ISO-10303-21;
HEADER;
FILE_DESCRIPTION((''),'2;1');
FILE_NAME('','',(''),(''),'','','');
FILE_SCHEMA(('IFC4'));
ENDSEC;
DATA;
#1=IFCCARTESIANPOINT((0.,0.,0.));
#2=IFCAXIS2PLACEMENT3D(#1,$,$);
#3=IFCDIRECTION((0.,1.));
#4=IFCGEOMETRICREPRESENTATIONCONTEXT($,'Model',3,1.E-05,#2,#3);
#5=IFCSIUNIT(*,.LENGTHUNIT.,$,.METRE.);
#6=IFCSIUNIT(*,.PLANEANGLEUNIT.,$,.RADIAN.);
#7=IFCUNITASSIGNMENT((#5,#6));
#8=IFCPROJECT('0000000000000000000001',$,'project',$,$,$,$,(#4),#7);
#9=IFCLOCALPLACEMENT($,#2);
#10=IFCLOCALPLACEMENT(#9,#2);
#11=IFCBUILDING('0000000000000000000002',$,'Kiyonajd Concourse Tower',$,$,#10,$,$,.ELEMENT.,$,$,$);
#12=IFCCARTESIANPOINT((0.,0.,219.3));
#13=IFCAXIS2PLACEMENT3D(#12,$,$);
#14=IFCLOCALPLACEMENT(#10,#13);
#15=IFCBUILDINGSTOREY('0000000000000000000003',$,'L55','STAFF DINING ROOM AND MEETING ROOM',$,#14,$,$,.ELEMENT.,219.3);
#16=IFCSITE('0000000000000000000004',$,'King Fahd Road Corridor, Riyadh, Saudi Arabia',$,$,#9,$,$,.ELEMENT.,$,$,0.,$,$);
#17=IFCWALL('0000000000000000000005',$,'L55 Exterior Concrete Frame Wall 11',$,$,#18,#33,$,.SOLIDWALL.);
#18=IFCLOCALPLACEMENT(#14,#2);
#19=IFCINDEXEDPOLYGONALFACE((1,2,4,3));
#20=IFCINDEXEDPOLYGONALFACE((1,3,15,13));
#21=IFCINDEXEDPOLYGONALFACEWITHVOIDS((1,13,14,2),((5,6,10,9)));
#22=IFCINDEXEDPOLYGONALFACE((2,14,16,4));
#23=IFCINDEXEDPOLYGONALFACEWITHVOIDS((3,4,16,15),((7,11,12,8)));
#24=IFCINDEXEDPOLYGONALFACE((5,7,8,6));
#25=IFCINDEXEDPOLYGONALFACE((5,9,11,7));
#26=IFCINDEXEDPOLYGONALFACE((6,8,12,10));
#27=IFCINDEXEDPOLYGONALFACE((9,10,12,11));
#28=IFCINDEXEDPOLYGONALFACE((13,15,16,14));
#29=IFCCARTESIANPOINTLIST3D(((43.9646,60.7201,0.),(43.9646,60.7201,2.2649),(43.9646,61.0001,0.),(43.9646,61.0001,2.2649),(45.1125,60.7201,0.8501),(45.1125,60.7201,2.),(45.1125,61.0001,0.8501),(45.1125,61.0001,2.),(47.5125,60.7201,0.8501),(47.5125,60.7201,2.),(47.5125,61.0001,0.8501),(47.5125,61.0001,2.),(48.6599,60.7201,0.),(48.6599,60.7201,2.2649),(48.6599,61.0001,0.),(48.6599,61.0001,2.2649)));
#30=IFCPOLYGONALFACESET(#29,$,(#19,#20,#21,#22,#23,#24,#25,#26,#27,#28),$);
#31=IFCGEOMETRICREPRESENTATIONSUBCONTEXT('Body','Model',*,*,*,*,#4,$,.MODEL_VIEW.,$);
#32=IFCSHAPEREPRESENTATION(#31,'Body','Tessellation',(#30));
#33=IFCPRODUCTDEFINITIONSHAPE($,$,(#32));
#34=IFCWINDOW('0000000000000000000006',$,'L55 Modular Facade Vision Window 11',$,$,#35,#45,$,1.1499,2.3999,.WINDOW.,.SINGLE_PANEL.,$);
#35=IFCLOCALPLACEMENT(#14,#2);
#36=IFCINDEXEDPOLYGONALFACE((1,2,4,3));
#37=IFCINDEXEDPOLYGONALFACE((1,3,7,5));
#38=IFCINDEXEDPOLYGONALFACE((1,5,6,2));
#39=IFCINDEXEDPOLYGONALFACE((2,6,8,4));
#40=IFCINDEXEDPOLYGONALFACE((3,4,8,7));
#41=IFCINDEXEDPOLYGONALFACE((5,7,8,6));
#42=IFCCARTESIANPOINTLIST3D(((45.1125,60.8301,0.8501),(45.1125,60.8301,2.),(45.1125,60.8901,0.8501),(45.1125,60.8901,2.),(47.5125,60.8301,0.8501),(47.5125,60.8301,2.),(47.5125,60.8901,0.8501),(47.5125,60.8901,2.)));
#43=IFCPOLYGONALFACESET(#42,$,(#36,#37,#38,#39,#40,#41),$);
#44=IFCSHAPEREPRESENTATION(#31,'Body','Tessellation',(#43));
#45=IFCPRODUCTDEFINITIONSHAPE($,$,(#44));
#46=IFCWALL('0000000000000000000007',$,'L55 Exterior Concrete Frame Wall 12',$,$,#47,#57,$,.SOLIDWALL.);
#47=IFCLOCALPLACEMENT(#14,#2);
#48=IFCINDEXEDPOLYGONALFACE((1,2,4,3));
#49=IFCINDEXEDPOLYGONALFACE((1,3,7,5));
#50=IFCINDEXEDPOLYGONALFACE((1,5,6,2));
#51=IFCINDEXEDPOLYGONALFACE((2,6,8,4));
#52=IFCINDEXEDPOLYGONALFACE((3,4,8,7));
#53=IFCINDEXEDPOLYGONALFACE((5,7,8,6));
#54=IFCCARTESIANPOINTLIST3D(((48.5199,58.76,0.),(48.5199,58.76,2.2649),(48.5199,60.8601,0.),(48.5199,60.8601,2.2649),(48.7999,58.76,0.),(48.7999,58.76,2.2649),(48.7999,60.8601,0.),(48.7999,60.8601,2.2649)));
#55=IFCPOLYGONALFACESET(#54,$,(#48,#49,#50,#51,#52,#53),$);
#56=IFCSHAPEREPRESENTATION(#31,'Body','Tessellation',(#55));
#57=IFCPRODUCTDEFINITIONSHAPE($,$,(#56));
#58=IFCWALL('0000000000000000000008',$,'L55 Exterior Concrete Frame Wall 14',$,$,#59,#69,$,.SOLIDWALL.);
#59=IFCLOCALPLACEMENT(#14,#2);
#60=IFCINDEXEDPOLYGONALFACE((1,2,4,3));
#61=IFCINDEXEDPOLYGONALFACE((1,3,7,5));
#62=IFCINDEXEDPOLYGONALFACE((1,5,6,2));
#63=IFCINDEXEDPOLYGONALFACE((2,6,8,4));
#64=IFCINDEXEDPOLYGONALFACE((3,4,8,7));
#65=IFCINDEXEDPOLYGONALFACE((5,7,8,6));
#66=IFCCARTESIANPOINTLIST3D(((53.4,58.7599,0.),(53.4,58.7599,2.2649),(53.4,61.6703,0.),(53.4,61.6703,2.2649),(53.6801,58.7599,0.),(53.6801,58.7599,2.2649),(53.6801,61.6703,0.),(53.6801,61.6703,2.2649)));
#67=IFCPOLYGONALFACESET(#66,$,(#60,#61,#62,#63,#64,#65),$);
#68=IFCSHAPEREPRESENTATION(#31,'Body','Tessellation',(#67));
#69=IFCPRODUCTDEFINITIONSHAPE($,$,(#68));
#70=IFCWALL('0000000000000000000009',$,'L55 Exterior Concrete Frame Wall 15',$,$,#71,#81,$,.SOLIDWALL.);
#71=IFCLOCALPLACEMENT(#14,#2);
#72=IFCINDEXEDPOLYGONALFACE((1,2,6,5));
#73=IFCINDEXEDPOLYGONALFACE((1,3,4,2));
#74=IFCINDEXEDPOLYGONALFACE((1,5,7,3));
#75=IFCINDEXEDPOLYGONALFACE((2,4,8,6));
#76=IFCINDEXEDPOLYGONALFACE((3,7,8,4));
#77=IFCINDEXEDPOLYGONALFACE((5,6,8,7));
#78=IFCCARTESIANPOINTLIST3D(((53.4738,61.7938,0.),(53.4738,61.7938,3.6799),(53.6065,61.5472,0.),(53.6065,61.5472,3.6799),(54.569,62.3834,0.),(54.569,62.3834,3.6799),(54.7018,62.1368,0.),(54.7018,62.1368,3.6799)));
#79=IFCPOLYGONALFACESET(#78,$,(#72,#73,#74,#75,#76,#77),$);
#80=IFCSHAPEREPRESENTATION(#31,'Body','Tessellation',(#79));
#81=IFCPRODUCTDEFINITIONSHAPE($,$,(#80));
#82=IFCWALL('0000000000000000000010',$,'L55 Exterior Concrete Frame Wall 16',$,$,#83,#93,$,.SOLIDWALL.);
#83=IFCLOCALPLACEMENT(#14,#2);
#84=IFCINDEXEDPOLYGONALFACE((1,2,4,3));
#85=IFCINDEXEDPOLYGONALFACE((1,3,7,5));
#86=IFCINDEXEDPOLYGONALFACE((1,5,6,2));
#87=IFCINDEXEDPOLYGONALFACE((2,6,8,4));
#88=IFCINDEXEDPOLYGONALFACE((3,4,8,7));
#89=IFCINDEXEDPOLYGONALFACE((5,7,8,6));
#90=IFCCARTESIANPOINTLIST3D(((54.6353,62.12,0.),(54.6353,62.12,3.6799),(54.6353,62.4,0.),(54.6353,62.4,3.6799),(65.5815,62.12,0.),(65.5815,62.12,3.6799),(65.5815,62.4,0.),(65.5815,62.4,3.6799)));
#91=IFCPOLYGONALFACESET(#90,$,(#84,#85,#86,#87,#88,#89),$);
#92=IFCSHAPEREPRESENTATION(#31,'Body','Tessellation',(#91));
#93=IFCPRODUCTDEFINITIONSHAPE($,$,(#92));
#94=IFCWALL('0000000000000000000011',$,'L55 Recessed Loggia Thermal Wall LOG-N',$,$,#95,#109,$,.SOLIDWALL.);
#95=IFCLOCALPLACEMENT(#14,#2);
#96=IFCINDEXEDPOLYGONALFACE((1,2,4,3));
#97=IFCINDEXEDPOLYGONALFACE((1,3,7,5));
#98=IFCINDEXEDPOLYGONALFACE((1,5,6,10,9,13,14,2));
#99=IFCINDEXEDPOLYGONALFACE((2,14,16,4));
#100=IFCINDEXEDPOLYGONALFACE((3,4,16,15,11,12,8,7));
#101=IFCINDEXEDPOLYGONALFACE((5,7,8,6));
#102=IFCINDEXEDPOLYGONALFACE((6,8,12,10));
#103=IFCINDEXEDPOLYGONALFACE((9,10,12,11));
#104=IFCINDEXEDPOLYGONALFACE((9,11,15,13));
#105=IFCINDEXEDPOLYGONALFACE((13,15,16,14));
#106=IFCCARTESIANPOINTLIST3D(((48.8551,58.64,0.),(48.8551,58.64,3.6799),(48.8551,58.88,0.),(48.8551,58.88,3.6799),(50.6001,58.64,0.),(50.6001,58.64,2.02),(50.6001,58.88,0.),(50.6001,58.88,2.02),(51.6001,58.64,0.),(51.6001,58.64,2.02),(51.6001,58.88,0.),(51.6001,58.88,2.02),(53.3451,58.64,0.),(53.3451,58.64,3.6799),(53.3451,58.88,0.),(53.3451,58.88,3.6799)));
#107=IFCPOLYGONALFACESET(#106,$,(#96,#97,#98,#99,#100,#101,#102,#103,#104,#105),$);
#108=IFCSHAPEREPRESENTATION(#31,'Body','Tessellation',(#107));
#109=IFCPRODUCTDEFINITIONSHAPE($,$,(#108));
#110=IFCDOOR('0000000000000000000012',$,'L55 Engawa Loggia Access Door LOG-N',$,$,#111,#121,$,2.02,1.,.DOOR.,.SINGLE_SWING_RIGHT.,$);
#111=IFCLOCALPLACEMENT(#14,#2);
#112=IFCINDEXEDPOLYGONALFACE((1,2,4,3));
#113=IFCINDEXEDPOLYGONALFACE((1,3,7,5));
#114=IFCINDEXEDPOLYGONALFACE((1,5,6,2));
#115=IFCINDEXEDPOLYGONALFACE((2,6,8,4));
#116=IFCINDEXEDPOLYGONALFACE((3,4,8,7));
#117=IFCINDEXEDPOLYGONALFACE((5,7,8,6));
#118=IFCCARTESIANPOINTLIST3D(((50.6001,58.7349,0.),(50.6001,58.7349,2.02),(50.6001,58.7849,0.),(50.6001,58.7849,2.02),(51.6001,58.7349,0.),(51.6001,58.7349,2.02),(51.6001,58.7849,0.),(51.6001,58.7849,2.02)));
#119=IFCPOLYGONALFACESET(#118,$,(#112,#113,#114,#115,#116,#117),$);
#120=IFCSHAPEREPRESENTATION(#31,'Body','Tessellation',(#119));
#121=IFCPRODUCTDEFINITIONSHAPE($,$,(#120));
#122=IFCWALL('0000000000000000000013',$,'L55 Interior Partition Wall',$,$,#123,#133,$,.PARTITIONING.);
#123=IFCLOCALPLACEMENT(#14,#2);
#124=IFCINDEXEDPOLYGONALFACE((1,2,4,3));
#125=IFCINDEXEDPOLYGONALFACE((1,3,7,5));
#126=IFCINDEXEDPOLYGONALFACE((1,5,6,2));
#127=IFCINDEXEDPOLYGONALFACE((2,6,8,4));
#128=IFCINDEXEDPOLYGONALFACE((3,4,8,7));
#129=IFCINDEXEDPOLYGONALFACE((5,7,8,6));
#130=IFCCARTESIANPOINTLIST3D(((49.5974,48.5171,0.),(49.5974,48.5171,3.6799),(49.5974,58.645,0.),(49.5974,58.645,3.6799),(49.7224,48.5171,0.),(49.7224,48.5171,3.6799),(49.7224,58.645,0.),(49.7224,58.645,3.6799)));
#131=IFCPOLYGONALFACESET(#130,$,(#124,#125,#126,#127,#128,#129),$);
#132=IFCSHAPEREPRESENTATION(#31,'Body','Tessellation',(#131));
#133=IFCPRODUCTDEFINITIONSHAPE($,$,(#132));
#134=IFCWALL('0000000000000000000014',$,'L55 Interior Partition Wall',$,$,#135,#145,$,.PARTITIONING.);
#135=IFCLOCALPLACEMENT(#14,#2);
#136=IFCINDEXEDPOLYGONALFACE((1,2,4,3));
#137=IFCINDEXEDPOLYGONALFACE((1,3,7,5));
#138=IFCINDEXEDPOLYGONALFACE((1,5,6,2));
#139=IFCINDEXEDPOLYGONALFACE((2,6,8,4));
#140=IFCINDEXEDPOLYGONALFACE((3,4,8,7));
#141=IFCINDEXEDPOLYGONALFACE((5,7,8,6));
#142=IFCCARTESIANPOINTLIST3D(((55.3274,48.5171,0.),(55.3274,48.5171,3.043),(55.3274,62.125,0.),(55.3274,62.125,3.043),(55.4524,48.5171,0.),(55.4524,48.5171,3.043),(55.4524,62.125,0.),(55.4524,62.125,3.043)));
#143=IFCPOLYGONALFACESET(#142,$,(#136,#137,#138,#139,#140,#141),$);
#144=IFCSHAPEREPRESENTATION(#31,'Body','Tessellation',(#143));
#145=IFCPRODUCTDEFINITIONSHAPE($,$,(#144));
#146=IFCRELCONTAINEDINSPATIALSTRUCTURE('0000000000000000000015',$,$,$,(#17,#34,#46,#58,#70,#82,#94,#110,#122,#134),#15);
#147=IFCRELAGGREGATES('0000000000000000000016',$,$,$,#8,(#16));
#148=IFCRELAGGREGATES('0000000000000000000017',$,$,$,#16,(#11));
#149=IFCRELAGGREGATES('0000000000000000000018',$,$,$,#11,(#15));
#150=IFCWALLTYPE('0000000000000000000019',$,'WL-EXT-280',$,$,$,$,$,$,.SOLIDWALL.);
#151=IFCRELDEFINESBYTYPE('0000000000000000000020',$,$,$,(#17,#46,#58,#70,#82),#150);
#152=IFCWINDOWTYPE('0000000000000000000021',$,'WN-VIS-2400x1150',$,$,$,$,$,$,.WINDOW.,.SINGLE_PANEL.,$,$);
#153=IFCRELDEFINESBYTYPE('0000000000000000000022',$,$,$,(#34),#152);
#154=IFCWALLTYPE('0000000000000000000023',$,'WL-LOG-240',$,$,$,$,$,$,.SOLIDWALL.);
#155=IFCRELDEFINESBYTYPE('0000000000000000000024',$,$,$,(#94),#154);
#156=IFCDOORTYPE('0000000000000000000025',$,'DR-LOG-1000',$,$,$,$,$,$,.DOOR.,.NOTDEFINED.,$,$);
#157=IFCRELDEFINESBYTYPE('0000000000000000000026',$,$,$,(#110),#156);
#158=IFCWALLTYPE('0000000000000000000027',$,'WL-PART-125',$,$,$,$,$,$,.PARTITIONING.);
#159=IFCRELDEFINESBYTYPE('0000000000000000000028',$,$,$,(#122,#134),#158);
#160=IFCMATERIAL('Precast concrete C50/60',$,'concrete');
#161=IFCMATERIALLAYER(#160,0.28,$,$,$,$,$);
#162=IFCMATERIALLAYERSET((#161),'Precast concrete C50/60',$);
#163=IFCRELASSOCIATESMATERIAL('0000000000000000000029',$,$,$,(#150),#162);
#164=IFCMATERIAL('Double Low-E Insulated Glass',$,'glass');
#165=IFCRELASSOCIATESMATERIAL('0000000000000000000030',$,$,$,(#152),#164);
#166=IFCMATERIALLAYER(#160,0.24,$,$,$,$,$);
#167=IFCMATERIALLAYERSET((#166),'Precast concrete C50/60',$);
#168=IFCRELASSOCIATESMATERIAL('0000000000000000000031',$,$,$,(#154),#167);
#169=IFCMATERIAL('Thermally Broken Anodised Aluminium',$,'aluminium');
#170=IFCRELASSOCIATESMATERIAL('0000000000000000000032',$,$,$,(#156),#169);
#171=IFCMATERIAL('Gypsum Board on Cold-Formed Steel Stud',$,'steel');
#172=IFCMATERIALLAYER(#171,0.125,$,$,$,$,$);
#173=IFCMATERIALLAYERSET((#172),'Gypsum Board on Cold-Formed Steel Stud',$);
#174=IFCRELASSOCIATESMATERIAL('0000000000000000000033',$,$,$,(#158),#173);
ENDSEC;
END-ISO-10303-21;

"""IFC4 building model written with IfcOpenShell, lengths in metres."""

from ifc_helpers import new_model, si_unit, direction, frame, frame_2d, origin, place, context, subcontext, project, spatial, rectangle, extrude, material, layer, layer_set, type_object, element, fill, save


model = new_model("IFC4")

# Units and contexts
model_context = context("Model", 3, precision=1e-05, world=origin(), true_north=direction((0.0, 1.0)))
body_context = subcontext(model_context, "Body", "Model", "MODEL_VIEW")
ifc_project = project(units=[si_unit("LENGTHUNIT", "METRE"), si_unit("PLANEANGLEUNIT", "RADIAN")], contexts=[model_context])

# Site, building, storey
site_placement = place(None, origin())
site = spatial("IfcSite", under=ifc_project, at=site_placement, Name="King Fahd Road Corridor, Riyadh, Saudi Arabia", CompositionType="ELEMENT", RefElevation=0.0)
building_placement = place(site_placement, origin())
building = spatial("IfcBuilding", under=site, at=building_placement, Name="Kiyonajd Concourse Tower", CompositionType="ELEMENT")
storey_placement = place(building_placement, frame((0.0, 0.0, 219.3)))
storey = spatial("IfcBuildingStorey", under=building, at=storey_placement, Name="L55", Description="STAFF DINING ROOM AND MEETING ROOM", CompositionType="ELEMENT", Elevation=219.3)

# Shared definitions
ifc_material_1 = material(Name="Thermally Broken Anodised Aluminium", Category="aluminium")

# Wall, opening, window
ifc_material_2 = material(Name="Precast concrete C50/60", Category="concrete")
ifc_layer_1 = layer(ifc_material_2, 0.28)
ifc_layer_set_1 = layer_set([ifc_layer_1], Name="Precast concrete C50/60")
wall_type_1 = type_object("IfcWallType", Name="WL-EXT-280", PredefinedType="SOLIDWALL", material=ifc_layer_set_1)
wall_1_placement = place(storey_placement, frame((43.9646, 60.8601, 0.0), z_axis=(0.0, 0.0, 1.0), x_axis=(1.0, 0.0, 0.0)))
wall_1 = element("IfcWall", 1, at=wall_1_placement, inside=storey, type_object=wall_type_1, Name="L55 Exterior Concrete Frame Wall 11", PredefinedType="SOLIDWALL", context=body_context, shape_type="SweptSolid", body=[
    extrude(rectangle(XDim=4.6953, YDim=0.28, at=frame_2d((2.3477, 0.0))), origin(), (0.0, 0.0, 1.0), 2.2649),
])
opening_1_placement = place(wall_1_placement, frame((1.1479, 0.0, 0.8501)))
opening_1 = element("IfcOpeningElement", 2, at=opening_1_placement, cuts=wall_1, PredefinedType="OPENING", context=body_context, shape_type="SweptSolid", body=[
    extrude(rectangle(XDim=2.3999, YDim=1.1499, at=frame_2d((1.2, 0.575))), frame((0.0, 0.1499, 0.0), z_axis=(0.0, -1.0, 0.0), x_axis=(1.0, 0.0, 0.0)), (0.0, 0.0, 1.0), 0.3),
])
ifc_material_3 = material(Name="Double Low-E Insulated Glass", Category="glass")
window_type = type_object("IfcWindowType", Name="WN-VIS-2400x1150", PartitioningType="SINGLE_PANEL", PredefinedType="WINDOW", material=ifc_material_3)
window_placement = place(opening_1_placement, origin())
window = element("IfcWindow", 3, at=window_placement, inside=storey, type_object=window_type, Name="L55 Modular Facade Vision Window 11", OverallHeight=1.1499, OverallWidth=2.3999, PartitioningType="SINGLE_PANEL", PredefinedType="WINDOW", context=body_context, shape_type="SweptSolid", body=[
    extrude(rectangle(XDim=2.3999, YDim=1.1499, at=frame_2d((1.2, 0.575))), frame((0.0, 0.03, 0.0), z_axis=(0.0, -1.0, 0.0), x_axis=(1.0, 0.0, 0.0)), (0.0, 0.0, 1.0), 0.0601),
])
fill(opening_1, window)

# Walls
wall_2_placement = place(storey_placement, frame((48.6599, 60.8601, 0.0), z_axis=(0.0, 0.0, 1.0), x_axis=(0.0, -1.0, 0.0)))
element("IfcWall", 4, at=wall_2_placement, inside=storey, type_object=wall_type_1, Name="L55 Exterior Concrete Frame Wall 12", PredefinedType="SOLIDWALL", context=body_context, shape_type="SweptSolid", body=[
    extrude(rectangle(XDim=2.1001, YDim=0.28, at=frame_2d((1.05, 0.0))), origin(), (0.0, 0.0, 1.0), 2.2649),
])
wall_3_placement = place(storey_placement, frame((53.54, 58.76, 0.0), z_axis=(0.0, 0.0, 1.0), x_axis=(0.0, 1.0, 0.0)))
element("IfcWall", 5, at=wall_3_placement, inside=storey, type_object=wall_type_1, Name="L55 Exterior Concrete Frame Wall 14", PredefinedType="SOLIDWALL", context=body_context, shape_type="SweptSolid", body=[
    extrude(rectangle(XDim=2.9104, YDim=0.28, at=frame_2d((1.4551, 0.0))), origin(), (0.0, 0.0, 1.0), 2.2649),
])
wall_4_placement = place(storey_placement, frame((53.54, 61.6704, 0.0), z_axis=(0.0, 0.0, 1.0), x_axis=(0.880515, 0.474018, 0.0)))
element("IfcWall", 6, at=wall_4_placement, inside=storey, type_object=wall_type_1, Name="L55 Exterior Concrete Frame Wall 15", PredefinedType="SOLIDWALL", context=body_context, shape_type="SweptSolid", body=[
    extrude(rectangle(XDim=1.2439, YDim=0.28, at=frame_2d((0.6221, 0.0))), origin(), (0.0, 0.0, 1.0), 3.6799),
])
wall_5_placement = place(storey_placement, frame((54.6353, 62.26, 0.0), z_axis=(0.0, 0.0, 1.0), x_axis=(1.0, 0.0, 0.0)))
element("IfcWall", 7, at=wall_5_placement, inside=storey, type_object=wall_type_1, Name="L55 Exterior Concrete Frame Wall 16", PredefinedType="SOLIDWALL", context=body_context, shape_type="SweptSolid", body=[
    extrude(rectangle(XDim=10.9463, YDim=0.28, at=frame_2d((5.4731, 0.0))), origin(), (0.0, 0.0, 1.0), 3.6799),
])

# Wall, opening, door
ifc_layer_2 = layer(ifc_material_2, 0.24)
ifc_layer_set_2 = layer_set([ifc_layer_2], Name="Precast concrete C50/60")
wall_type_2 = type_object("IfcWallType", Name="WL-LOG-240", PredefinedType="SOLIDWALL", material=ifc_layer_set_2)
wall_6_placement = place(storey_placement, frame((48.855, 58.76, 0.0), z_axis=(0.0, 0.0, 1.0), x_axis=(1.0, 0.0, 0.0)))
wall_6 = element("IfcWall", 8, at=wall_6_placement, inside=storey, type_object=wall_type_2, Name="L55 Recessed Loggia Thermal Wall LOG-N", PredefinedType="SOLIDWALL", context=body_context, shape_type="SweptSolid", body=[
    extrude(rectangle(XDim=4.49, YDim=0.24, at=frame_2d((2.2451, 0.0))), origin(), (0.0, 0.0, 1.0), 3.6799),
])
opening_2_placement = place(wall_6_placement, frame((1.7451, 0.0, 0.0)))
opening_2 = element("IfcOpeningElement", 9, at=opening_2_placement, cuts=wall_6, PredefinedType="OPENING", context=body_context, shape_type="SweptSolid", body=[
    extrude(rectangle(XDim=1.0, YDim=2.02, at=frame_2d((0.5, 1.01))), frame((0.0, 0.1299, 0.0), z_axis=(0.0, -1.0, 0.0), x_axis=(1.0, 0.0, 0.0)), (0.0, 0.0, 1.0), 0.26),
])
door_type = type_object("IfcDoorType", Name="DR-LOG-1000", OperationType="NOTDEFINED", PredefinedType="DOOR", material=ifc_material_1)
door_placement = place(opening_2_placement, origin())
door = element("IfcDoor", 10, at=door_placement, inside=storey, type_object=door_type, Name="L55 Engawa Loggia Access Door LOG-N", OperationType="SINGLE_SWING_RIGHT", OverallHeight=2.02, OverallWidth=1.0, PredefinedType="DOOR", context=body_context, shape_type="SweptSolid", body=[
    extrude(rectangle(XDim=1.0, YDim=2.02, at=frame_2d((0.5, 1.01))), frame((0.0, 0.0249, 0.0), z_axis=(0.0, -1.0, 0.0), x_axis=(1.0, 0.0, 0.0)), (0.0, 0.0, 1.0), 0.05),
])
fill(opening_2, door)

# Walls
ifc_material_4 = material(Name="Gypsum Board on Cold-Formed Steel Stud", Category="steel")
ifc_layer_3 = layer(ifc_material_4, 0.125)
ifc_layer_set_3 = layer_set([ifc_layer_3], Name="Gypsum Board on Cold-Formed Steel Stud")
wall_type_3 = type_object("IfcWallType", Name="WL-PART-125", PredefinedType="PARTITIONING", material=ifc_layer_set_3)
wall_7_placement = place(storey_placement, frame((49.6599, 48.5171, 0.0), z_axis=(0.0, 0.0, 1.0), x_axis=(0.0, 1.0, 0.0)))
element("IfcWall", 11, at=wall_7_placement, inside=storey, type_object=wall_type_3, Name="L55 Interior Partition Wall", PredefinedType="PARTITIONING", context=body_context, shape_type="SweptSolid", body=[
    extrude(rectangle(XDim=10.1279, YDim=0.125, at=frame_2d((5.064, 0.0))), origin(), (0.0, 0.0, 1.0), 3.6799),
])
wall_8_placement = place(storey_placement, frame((55.3899, 48.5171, 0.0), z_axis=(0.0, 0.0, 1.0), x_axis=(0.0, 1.0, 0.0)))
element("IfcWall", 12, at=wall_8_placement, inside=storey, type_object=wall_type_3, Name="L55 Interior Partition Wall", PredefinedType="PARTITIONING", context=body_context, shape_type="SweptSolid", body=[
    extrude(rectangle(XDim=13.6079, YDim=0.125, at=frame_2d((6.804, 0.0))), origin(), (0.0, 0.0, 1.0), 3.043),
])

save(model, "model.ifc")
